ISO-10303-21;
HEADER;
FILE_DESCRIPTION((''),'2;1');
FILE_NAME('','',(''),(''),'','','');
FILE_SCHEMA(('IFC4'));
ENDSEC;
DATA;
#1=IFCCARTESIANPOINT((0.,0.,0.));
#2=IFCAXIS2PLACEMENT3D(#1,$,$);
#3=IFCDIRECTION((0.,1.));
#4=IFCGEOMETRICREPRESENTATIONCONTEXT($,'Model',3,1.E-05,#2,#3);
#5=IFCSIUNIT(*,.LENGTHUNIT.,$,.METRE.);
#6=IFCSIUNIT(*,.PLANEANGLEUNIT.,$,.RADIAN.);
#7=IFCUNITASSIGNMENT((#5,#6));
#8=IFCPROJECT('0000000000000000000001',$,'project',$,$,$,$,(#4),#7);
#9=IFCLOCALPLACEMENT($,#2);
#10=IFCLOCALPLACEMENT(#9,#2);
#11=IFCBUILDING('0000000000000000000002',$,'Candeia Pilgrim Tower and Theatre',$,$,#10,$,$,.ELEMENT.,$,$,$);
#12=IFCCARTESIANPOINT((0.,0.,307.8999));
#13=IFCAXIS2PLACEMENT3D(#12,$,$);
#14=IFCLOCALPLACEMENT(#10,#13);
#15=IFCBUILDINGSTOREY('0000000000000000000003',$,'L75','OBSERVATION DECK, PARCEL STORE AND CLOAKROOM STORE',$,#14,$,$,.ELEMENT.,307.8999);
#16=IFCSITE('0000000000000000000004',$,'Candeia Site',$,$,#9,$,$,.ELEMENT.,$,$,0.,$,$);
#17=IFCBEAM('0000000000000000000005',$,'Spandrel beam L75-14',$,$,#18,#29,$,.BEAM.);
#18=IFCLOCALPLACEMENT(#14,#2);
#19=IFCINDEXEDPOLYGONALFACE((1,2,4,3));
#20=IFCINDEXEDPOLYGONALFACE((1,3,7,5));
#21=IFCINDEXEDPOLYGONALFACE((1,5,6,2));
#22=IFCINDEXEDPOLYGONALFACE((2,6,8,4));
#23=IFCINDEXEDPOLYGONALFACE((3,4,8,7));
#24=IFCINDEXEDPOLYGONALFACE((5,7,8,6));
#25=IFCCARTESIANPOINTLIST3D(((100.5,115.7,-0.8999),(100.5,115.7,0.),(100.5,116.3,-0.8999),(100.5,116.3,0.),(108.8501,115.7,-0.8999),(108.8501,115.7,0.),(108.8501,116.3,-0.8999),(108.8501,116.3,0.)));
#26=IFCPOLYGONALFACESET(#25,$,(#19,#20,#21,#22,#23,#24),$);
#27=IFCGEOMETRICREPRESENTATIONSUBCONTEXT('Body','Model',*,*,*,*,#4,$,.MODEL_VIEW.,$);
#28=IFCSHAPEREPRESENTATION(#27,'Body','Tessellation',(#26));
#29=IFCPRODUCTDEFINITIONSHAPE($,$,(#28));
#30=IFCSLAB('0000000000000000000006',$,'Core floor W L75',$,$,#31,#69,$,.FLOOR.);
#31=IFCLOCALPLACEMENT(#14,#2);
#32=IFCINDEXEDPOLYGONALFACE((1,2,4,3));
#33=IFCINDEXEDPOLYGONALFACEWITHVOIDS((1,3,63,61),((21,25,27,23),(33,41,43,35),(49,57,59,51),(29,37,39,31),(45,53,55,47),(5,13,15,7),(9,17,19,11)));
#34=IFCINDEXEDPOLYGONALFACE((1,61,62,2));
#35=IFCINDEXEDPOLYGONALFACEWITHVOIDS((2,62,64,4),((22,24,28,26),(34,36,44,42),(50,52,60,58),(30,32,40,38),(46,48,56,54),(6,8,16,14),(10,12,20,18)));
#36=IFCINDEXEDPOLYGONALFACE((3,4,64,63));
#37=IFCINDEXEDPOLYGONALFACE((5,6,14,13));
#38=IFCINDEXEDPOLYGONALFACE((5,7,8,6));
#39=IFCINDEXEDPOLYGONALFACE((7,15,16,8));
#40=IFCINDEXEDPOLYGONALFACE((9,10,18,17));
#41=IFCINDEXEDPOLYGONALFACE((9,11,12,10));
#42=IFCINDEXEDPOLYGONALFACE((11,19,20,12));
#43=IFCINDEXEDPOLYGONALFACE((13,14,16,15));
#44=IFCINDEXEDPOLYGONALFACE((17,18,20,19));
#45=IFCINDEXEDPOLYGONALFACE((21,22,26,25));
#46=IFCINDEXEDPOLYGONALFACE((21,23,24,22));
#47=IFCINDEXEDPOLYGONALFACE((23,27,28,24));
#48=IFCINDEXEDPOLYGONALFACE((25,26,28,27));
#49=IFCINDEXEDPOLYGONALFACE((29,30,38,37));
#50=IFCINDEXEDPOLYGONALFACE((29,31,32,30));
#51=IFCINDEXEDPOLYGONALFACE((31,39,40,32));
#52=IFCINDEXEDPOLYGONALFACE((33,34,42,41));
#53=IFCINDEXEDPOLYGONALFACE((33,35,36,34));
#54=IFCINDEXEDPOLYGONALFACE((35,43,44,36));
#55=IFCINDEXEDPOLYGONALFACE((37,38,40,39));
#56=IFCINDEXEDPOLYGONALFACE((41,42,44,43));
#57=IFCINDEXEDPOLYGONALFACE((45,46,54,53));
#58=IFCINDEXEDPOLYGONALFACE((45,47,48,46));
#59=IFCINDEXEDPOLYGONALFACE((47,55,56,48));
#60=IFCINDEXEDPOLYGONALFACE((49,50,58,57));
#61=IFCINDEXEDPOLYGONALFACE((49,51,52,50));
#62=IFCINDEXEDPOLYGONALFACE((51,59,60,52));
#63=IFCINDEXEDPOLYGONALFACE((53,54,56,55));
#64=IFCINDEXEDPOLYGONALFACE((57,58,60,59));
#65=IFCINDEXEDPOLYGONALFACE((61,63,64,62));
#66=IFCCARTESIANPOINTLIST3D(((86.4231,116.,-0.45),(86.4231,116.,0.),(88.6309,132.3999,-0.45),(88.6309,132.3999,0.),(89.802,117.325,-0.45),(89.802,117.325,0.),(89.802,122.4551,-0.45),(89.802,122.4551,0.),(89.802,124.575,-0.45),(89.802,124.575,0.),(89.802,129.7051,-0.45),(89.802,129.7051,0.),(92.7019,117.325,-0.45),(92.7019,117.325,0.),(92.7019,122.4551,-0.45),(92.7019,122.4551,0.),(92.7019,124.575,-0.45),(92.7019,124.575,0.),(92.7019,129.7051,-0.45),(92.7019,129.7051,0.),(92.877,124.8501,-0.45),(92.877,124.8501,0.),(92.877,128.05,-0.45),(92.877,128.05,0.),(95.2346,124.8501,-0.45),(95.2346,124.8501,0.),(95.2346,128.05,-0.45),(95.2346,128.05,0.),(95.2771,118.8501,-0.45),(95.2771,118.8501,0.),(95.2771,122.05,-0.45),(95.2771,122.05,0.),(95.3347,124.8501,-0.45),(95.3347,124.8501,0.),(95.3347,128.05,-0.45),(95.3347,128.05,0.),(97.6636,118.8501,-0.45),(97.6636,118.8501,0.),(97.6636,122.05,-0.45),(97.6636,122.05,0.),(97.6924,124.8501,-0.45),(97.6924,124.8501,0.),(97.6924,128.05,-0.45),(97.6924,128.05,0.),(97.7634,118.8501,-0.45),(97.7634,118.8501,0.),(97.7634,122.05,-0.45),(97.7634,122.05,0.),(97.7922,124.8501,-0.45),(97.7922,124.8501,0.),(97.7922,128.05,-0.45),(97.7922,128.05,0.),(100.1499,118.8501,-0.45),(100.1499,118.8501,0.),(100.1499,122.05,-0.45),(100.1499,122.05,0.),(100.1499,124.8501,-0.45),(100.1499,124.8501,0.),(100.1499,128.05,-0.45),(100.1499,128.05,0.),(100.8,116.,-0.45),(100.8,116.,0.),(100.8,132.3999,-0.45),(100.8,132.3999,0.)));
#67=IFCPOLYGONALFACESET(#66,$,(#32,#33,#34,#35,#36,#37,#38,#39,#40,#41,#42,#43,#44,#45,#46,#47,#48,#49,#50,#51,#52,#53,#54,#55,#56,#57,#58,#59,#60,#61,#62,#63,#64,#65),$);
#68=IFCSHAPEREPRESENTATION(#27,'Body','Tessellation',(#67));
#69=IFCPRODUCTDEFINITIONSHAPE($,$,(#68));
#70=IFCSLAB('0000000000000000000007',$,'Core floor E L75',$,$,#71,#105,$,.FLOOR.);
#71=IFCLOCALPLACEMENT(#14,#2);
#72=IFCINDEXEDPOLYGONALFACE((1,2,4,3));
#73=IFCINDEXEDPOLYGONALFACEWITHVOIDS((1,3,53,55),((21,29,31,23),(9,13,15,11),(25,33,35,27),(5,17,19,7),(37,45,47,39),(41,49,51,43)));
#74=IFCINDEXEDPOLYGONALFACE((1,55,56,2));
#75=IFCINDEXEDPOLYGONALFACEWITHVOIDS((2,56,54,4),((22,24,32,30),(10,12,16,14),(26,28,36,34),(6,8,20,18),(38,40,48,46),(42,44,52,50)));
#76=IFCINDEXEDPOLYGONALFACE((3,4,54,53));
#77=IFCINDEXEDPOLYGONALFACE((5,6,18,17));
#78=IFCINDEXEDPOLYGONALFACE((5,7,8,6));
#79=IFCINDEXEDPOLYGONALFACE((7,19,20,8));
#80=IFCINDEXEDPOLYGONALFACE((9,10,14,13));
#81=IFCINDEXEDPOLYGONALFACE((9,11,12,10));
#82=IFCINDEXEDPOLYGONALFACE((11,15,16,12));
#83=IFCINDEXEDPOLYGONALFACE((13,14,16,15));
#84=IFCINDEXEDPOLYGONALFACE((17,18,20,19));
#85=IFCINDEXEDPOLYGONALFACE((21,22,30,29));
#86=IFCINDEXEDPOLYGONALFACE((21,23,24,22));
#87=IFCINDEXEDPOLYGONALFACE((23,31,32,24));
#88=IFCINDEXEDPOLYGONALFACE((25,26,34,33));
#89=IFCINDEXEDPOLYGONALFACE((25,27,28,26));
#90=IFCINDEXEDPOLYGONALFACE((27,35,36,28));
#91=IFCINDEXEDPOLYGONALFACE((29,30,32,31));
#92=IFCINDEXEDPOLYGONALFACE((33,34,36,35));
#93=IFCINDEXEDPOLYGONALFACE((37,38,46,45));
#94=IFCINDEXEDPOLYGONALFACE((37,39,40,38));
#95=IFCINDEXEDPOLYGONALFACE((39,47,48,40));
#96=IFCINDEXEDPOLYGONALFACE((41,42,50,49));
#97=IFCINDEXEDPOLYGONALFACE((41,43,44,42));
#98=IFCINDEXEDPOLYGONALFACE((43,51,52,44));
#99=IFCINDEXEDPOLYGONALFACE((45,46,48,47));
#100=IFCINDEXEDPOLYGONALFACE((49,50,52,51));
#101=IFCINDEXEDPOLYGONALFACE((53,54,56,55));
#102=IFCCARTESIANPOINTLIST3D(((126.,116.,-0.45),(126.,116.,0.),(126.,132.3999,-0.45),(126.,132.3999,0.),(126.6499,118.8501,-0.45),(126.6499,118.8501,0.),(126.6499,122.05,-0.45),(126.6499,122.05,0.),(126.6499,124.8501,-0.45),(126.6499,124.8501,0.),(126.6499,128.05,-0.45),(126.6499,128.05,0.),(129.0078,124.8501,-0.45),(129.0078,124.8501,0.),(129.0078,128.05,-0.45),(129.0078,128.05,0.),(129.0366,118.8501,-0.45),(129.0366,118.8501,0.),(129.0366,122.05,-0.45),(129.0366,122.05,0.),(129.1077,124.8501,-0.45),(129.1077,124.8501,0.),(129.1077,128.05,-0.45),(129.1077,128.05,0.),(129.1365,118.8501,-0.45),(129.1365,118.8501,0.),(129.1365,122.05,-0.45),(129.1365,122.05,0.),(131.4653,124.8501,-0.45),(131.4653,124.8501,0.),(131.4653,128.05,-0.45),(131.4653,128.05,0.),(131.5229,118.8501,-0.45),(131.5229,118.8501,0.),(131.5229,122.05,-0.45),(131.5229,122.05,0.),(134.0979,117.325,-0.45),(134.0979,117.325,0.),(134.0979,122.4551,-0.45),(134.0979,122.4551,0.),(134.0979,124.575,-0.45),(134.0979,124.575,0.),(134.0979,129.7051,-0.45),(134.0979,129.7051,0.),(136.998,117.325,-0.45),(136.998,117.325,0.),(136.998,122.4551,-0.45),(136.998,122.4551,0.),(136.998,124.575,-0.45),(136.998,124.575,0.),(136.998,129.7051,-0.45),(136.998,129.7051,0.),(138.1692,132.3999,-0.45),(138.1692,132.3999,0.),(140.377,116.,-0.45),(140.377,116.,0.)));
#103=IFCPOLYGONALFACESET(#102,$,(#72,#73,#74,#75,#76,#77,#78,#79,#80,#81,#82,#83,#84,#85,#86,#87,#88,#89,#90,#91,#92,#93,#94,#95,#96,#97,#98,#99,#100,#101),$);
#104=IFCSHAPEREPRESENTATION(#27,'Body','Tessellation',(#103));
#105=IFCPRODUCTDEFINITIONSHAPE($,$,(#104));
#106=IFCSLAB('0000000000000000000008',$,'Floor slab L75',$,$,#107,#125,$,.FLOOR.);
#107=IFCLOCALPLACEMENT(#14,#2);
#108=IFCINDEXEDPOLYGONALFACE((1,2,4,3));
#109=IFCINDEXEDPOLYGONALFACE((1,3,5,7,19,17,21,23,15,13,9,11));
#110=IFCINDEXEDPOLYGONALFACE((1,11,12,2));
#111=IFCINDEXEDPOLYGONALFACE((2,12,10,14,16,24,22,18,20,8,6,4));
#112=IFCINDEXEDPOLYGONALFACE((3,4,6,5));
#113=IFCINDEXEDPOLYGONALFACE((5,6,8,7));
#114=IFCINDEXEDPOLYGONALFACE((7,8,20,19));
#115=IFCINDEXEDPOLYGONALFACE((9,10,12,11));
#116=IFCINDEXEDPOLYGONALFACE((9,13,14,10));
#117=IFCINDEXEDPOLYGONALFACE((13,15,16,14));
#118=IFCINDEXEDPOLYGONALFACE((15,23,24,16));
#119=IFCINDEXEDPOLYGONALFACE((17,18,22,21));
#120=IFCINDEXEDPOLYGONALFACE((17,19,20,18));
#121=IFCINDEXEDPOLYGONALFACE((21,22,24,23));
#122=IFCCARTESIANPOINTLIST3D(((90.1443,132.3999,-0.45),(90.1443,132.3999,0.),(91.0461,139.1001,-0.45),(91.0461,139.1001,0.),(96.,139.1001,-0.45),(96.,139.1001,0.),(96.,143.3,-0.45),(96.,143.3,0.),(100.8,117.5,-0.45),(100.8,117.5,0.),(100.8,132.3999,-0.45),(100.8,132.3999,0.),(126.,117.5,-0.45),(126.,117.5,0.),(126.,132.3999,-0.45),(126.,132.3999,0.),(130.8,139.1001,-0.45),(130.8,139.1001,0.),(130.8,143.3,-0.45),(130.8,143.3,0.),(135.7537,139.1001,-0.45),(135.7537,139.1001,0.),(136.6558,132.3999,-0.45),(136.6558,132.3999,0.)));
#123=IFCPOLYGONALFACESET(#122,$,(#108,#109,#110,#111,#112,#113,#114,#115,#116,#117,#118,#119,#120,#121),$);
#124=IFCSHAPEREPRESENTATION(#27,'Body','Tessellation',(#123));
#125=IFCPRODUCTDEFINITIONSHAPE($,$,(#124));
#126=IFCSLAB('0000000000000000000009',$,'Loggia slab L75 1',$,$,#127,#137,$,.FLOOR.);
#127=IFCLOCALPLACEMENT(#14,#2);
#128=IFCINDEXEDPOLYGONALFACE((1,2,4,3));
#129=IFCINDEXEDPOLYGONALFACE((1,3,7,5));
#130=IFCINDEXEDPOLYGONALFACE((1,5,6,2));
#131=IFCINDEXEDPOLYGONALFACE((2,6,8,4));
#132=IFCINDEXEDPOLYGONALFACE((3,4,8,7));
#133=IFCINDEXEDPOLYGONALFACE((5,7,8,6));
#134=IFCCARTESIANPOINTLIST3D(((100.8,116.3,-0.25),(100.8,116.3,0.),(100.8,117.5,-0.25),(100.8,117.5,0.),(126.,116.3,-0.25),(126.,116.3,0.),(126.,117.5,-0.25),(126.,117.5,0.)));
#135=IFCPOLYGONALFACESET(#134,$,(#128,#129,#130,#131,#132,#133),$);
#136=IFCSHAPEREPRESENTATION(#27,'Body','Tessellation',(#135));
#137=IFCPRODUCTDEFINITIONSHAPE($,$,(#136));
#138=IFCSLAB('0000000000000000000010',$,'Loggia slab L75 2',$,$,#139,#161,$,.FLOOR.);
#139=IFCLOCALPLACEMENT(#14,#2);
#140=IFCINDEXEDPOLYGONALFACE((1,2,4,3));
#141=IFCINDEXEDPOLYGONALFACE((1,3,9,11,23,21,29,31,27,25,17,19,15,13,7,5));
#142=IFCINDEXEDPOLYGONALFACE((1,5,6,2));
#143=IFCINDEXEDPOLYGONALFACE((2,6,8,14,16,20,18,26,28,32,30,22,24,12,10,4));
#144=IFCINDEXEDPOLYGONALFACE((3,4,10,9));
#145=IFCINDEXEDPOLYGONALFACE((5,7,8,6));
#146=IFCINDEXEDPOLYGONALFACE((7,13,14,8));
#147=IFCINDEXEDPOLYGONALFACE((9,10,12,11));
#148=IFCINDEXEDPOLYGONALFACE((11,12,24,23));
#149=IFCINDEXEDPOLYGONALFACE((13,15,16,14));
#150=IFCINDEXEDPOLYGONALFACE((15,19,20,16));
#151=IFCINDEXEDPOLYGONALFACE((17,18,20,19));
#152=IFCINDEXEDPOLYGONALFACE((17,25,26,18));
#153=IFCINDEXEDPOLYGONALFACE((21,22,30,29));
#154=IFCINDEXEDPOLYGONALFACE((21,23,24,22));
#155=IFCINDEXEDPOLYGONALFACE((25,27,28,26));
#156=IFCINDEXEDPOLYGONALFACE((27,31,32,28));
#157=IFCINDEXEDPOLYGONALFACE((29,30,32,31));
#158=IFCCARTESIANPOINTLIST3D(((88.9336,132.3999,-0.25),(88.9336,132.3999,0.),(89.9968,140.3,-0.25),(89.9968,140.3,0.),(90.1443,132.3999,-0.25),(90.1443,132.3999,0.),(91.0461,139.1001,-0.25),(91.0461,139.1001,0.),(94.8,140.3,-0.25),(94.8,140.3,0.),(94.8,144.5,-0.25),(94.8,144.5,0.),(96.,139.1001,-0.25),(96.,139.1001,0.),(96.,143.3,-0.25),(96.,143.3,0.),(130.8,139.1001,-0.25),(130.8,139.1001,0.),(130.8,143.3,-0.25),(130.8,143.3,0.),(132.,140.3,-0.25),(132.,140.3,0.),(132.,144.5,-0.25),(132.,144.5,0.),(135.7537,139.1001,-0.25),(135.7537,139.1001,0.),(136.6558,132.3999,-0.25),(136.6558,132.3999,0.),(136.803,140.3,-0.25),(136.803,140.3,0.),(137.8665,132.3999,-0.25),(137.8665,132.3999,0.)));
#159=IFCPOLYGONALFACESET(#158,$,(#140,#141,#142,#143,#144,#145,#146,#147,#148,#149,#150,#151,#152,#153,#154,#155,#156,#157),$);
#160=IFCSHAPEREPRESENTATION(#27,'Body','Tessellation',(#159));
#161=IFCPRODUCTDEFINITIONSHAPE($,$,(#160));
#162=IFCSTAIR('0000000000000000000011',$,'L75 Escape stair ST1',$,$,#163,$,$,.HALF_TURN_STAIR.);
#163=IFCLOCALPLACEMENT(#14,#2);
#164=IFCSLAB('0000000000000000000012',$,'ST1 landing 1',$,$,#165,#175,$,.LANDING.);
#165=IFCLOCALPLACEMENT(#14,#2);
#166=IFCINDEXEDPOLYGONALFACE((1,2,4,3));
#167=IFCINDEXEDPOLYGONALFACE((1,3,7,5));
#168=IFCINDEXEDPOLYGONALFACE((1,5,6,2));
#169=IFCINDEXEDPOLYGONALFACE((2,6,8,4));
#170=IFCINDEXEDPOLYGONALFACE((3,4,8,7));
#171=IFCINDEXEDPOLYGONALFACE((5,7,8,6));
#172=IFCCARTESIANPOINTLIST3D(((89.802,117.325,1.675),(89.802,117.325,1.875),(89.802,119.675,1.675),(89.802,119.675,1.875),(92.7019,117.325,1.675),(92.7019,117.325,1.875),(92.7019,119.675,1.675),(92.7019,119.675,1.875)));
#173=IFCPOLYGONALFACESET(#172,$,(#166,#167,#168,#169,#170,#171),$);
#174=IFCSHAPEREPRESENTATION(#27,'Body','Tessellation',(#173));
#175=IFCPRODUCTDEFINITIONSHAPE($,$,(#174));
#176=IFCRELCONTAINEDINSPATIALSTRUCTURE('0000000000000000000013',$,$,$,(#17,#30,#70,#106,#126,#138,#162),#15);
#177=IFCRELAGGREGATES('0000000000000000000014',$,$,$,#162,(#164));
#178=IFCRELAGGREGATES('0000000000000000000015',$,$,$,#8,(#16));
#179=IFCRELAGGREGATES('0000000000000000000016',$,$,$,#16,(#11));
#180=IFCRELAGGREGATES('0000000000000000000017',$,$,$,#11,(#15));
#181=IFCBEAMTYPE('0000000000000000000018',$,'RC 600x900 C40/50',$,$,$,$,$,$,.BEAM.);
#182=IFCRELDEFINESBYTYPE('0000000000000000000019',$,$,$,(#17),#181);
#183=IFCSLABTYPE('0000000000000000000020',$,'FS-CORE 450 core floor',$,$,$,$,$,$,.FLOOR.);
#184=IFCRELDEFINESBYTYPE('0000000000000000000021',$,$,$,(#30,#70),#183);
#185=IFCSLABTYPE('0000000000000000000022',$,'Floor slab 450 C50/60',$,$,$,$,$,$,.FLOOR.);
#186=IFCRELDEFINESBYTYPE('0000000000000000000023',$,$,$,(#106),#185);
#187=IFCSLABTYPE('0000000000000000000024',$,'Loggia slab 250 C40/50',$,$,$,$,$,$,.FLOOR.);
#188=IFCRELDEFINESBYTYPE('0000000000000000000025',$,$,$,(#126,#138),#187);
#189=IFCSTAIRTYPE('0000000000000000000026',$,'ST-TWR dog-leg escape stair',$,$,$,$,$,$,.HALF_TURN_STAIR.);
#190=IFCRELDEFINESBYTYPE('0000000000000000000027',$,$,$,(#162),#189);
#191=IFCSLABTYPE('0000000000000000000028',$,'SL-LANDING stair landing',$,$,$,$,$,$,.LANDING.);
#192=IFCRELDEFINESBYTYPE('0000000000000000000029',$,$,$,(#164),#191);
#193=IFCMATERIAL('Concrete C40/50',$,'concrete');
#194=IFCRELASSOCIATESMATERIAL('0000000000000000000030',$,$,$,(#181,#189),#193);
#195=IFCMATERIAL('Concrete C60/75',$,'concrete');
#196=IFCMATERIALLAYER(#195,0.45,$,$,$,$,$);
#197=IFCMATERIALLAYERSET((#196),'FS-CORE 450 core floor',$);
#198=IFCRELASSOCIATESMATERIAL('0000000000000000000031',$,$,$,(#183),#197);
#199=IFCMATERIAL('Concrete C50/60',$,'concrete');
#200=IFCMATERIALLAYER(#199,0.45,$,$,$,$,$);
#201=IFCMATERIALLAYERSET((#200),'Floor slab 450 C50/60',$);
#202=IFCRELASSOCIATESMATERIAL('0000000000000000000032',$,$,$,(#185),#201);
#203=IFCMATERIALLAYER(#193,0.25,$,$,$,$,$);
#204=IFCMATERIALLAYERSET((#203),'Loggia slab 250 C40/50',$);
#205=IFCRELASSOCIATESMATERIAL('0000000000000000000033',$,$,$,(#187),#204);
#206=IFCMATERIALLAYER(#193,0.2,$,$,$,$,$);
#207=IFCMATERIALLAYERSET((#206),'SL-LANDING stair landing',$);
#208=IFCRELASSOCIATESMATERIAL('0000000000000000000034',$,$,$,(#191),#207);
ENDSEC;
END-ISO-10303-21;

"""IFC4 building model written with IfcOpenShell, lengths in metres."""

from ifc_helpers import new_model, si_unit, direction, frame, origin, origin_2d, place, context, subcontext, project, spatial, polyline, rectangle, outline, extrude, material, layer, layer_set, material_profile, profile_set, type_object, element, aggregate, save


model = new_model("IFC4")

# Units and contexts
model_context = context("Model", 3, precision=1e-05, world=origin(), true_north=direction((0.0, 1.0)))
body_context = subcontext(model_context, "Body", "Model", "MODEL_VIEW")
ifc_project = project(units=[si_unit("LENGTHUNIT", "METRE"), si_unit("PLANEANGLEUNIT", "RADIAN")], contexts=[model_context])

# Site, building, storey
site_placement = place(None, origin())
site = spatial("IfcSite", under=ifc_project, at=site_placement, Name="Candeia Site", CompositionType="ELEMENT", RefElevation=0.0)
building_placement = place(site_placement, origin())
building = spatial("IfcBuilding", under=site, at=building_placement, Name="Candeia Pilgrim Tower and Theatre", CompositionType="ELEMENT")
storey_placement = place(building_placement, frame((0.0, 0.0, 307.8999)))
storey = spatial("IfcBuildingStorey", under=building, at=storey_placement, Name="L75", Description="OBSERVATION DECK, PARCEL STORE AND CLOAKROOM STORE", CompositionType="ELEMENT", Elevation=307.8999)

# Beam
ifc_material_1 = material(Name="Concrete C40/50", Category="concrete")
ifc_material_profile = material_profile(ifc_material_1, rectangle(XDim=0.6001, YDim=0.8999, at=origin_2d()))
ifc_profile_set = profile_set([ifc_material_profile], Name="Concrete C40/50")
beam_type = type_object("IfcBeamType", Name="RC 600x900 C40/50", PredefinedType="BEAM", material=ifc_profile_set)
beam_placement = place(storey_placement, frame((108.8501, 116.0, -0.45), z_axis=(-1.0, 0.0, 0.0), x_axis=(0.0, -1.0, 0.0)))
element("IfcBeam", 1, at=beam_placement, inside=storey, type_object=beam_type, Name="Spandrel beam L75-14", PredefinedType="BEAM", context=body_context, shape_type="SweptSolid", body=[
    extrude(rectangle(XDim=0.6001, YDim=0.8999, at=origin_2d()), origin(), (0.0, 0.0, 1.0), 8.3501),
])

# Slabs
ifc_material_2 = material(Name="Concrete C60/75", Category="concrete")
ifc_layer_1 = layer(ifc_material_2, 0.45)
ifc_layer_set_1 = layer_set([ifc_layer_1], Name="FS-CORE 450 core floor")
slab_type_1 = type_object("IfcSlabType", Name="FS-CORE 450 core floor", PredefinedType="FLOOR", material=ifc_layer_set_1)
slab_1_placement = place(storey_placement, frame((0.0, 0.0, -0.45)))
element("IfcSlab", 2, at=slab_1_placement, inside=storey, type_object=slab_type_1, Name="Core floor W L75", PredefinedType="FLOOR", context=body_context, shape_type="SweptSolid", body=[
    extrude(outline(polyline([(100.8, 132.3999), (100.8, 116.0), (86.4231, 116.0), (88.6309, 132.3999), (100.8, 132.3999)]), holes=[polyline([(97.7634, 122.05), (97.7634, 118.8501), (100.1499, 118.8501), (100.1499, 122.05), (97.7634, 122.05)]), polyline([(97.7922, 128.05), (97.7922, 124.8501), (100.1499, 124.8501), (100.1499, 128.05), (97.7922, 128.05)]), polyline([(95.3347, 128.05), (95.3347, 124.8501), (97.6924, 124.8501), (97.6924, 128.05), (95.3347, 128.05)]), polyline([(95.2771, 122.05), (95.2771, 118.8501), (97.6636, 118.8501), (97.6636, 122.05), (95.2771, 122.05)]), polyline([(92.877, 128.05), (92.877, 124.8501), (95.2346, 124.8501), (95.2346, 128.05), (92.877, 128.05)]), polyline([(89.802, 117.325), (92.7019, 117.325), (92.7019, 122.4551), (89.802, 122.4551), (89.802, 117.325)]), polyline([(89.802, 129.7051), (89.802, 124.575), (92.7019, 124.575), (92.7019, 129.7051), (89.802, 129.7051)])]), origin(), (0.0, 0.0, 1.0), 0.45),
])
slab_2_placement = place(storey_placement, frame((0.0, 0.0, -0.45)))
element("IfcSlab", 3, at=slab_2_placement, inside=storey, type_object=slab_type_1, Name="Core floor E L75", PredefinedType="FLOOR", context=body_context, shape_type="SweptSolid", body=[
    extrude(outline(polyline([(138.1692, 132.3999), (140.377, 116.0), (126.0, 116.0), (126.0, 132.3999), (138.1692, 132.3999)]), holes=[polyline([(134.0979, 117.325), (136.998, 117.325), (136.998, 122.4551), (134.0979, 122.4551), (134.0979, 117.325)]), polyline([(134.0979, 129.7051), (134.0979, 124.575), (136.998, 124.575), (136.998, 129.7051), (134.0979, 129.7051)]), polyline([(131.5229, 122.05), (129.1365, 122.05), (129.1365, 118.8501), (131.5229, 118.8501), (131.5229, 122.05)]), polyline([(131.4653, 128.05), (129.1077, 128.05), (129.1077, 124.8501), (131.4653, 124.8501), (131.4653, 128.05)]), polyline([(129.0366, 122.05), (126.6499, 122.05), (126.6499, 118.8501), (129.0366, 118.8501), (129.0366, 122.05)]), polyline([(126.6499, 128.05), (126.6499, 124.8501), (129.0078, 124.8501), (129.0078, 128.05), (126.6499, 128.05)])]), origin(), (0.0, 0.0, 1.0), 0.45),
])
ifc_material_3 = material(Name="Concrete C50/60", Category="concrete")
ifc_layer_2 = layer(ifc_material_3, 0.45)
ifc_layer_set_2 = layer_set([ifc_layer_2], Name="Floor slab 450 C50/60")
slab_type_2 = type_object("IfcSlabType", Name="Floor slab 450 C50/60", PredefinedType="FLOOR", material=ifc_layer_set_2)
slab_3_placement = place(storey_placement, frame((0.0, 0.0, -0.45)))
element("IfcSlab", 4, at=slab_3_placement, inside=storey, type_object=slab_type_2, Name="Floor slab L75", PredefinedType="FLOOR", context=body_context, shape_type="SweptSolid", body=[
    extrude(outline(polyline([(96.0, 139.1001), (96.0, 143.3), (130.8, 143.3), (130.8, 139.1001), (135.7537, 139.1001), (136.6558, 132.3999), (126.0, 132.3999), (126.0, 117.5), (100.8, 117.5), (100.8, 132.3999), (90.1443, 132.3999), (91.0461, 139.1001), (96.0, 139.1001)])), origin(), (0.0, 0.0, 1.0), 0.45),
])
ifc_layer_3 = layer(ifc_material_1, 0.25)
ifc_layer_set_3 = layer_set([ifc_layer_3], Name="Loggia slab 250 C40/50")
slab_type_3 = type_object("IfcSlabType", Name="Loggia slab 250 C40/50", PredefinedType="FLOOR", material=ifc_layer_set_3)
slab_4_placement = place(storey_placement, frame((0.0, 0.0, -0.25)))
element("IfcSlab", 5, at=slab_4_placement, inside=storey, type_object=slab_type_3, Name="Loggia slab L75 1", PredefinedType="FLOOR", context=body_context, shape_type="SweptSolid", body=[
    extrude(outline(polyline([(100.8, 117.5), (126.0, 117.5), (126.0, 116.3), (100.8, 116.3), (100.8, 117.5)])), origin(), (0.0, 0.0, 1.0), 0.25),
])
slab_5_placement = place(storey_placement, frame((0.0, 0.0, -0.25)))
element("IfcSlab", 6, at=slab_5_placement, inside=storey, type_object=slab_type_3, Name="Loggia slab L75 2", PredefinedType="FLOOR", context=body_context, shape_type="SweptSolid", body=[
    extrude(outline(polyline([(136.6558, 132.3999), (135.7537, 139.1001), (130.8, 139.1001), (130.8, 143.3), (96.0, 143.3), (96.0, 139.1001), (91.0461, 139.1001), (90.1443, 132.3999), (88.9336, 132.3999), (89.9968, 140.3), (94.8, 140.3), (94.8, 144.5), (132.0, 144.5), (132.0, 140.3), (136.803, 140.3), (137.8665, 132.3999), (136.6558, 132.3999)])), origin(), (0.0, 0.0, 1.0), 0.25),
])

# Stair, slab
stair_type = type_object("IfcStairType", Name="ST-TWR dog-leg escape stair", PredefinedType="HALF_TURN_STAIR", material=ifc_material_1)
stair_1_placement = place(storey_placement, origin())
stair_1 = element("IfcStair", 7, at=stair_1_placement, inside=storey, type_object=stair_type, Name="L75 Escape stair ST1", PredefinedType="HALF_TURN_STAIR")
ifc_layer_4 = layer(ifc_material_1, 0.2)
ifc_layer_set_4 = layer_set([ifc_layer_4], Name="SL-LANDING stair landing")
slab_type_4 = type_object("IfcSlabType", Name="SL-LANDING stair landing", PredefinedType="LANDING", material=ifc_layer_set_4)
slab_6_placement = place(storey_placement, frame((0.0, 0.0, 1.675)))
slab_6 = element("IfcSlab", 8, at=slab_6_placement, type_object=slab_type_4, Name="ST1 landing 1", PredefinedType="LANDING", context=body_context, shape_type="SweptSolid", body=[
    extrude(outline(polyline([(89.802, 119.675), (89.802, 117.325), (92.7019, 117.325), (92.7019, 119.675), (89.802, 119.675)])), origin(), (0.0, 0.0, 1.0), 0.2),
])
aggregate(stair_1, [slab_6])

save(model, "model.ifc")
